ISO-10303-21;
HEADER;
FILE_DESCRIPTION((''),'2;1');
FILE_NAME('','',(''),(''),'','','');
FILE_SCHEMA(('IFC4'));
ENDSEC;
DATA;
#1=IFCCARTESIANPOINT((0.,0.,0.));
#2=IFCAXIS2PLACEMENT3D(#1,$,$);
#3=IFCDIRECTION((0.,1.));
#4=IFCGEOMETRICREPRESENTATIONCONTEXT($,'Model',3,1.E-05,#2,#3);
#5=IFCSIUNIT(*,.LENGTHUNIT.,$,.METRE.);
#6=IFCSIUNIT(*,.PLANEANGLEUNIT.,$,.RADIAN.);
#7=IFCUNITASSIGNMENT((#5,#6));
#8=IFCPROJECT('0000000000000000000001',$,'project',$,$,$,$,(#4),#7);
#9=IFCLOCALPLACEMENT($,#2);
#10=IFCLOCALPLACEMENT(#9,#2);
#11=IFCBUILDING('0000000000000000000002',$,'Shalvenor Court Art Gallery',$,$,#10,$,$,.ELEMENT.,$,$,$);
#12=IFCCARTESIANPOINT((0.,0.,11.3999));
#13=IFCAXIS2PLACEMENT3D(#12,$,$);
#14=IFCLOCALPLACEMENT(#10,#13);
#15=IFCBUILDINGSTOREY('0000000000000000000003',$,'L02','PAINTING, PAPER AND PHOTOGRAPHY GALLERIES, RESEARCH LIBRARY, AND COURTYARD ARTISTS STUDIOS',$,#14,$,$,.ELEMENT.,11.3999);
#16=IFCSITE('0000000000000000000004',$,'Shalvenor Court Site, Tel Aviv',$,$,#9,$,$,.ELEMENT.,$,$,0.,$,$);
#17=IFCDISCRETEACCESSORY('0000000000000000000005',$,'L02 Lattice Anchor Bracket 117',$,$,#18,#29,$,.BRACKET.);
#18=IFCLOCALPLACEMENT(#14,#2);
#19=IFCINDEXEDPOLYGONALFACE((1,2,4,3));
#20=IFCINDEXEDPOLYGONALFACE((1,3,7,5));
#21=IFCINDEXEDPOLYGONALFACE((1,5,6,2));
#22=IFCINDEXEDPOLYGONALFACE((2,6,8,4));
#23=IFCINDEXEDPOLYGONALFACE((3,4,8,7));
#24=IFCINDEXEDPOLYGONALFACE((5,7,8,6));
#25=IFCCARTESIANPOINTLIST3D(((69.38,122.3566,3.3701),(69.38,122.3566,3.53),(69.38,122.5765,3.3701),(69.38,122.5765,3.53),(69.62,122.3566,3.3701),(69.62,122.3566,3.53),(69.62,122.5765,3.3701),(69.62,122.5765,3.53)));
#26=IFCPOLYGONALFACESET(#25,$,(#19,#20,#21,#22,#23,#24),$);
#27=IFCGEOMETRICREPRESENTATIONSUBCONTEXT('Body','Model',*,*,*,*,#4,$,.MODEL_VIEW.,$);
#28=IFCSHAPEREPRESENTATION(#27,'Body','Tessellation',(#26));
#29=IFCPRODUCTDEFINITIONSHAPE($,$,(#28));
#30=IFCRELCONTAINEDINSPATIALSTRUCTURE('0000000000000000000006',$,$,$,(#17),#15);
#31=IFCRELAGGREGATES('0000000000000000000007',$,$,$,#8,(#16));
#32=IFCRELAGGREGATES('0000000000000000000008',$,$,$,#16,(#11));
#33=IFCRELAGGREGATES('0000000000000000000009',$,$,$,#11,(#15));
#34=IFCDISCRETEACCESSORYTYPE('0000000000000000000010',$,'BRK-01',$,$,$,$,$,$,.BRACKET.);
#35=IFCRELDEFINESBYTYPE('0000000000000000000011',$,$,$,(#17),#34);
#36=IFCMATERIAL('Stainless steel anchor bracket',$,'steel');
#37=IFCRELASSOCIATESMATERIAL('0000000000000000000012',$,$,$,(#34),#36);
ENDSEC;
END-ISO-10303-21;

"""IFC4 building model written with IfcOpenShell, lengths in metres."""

from ifc_helpers import new_model, si_unit, direction, frame, origin, origin_2d, place, context, subcontext, project, spatial, rectangle, extrude, material, type_object, element, save


model = new_model("IFC4")

# Units and contexts
model_context = context("Model", 3, precision=1e-05, world=origin(), true_north=direction((0.0, 1.0)))
body_context = subcontext(model_context, "Body", "Model", "MODEL_VIEW")
ifc_project = project(units=[si_unit("LENGTHUNIT", "METRE"), si_unit("PLANEANGLEUNIT", "RADIAN")], contexts=[model_context])

# Site, building, storey
site_placement = place(None, origin())
site = spatial("IfcSite", under=ifc_project, at=site_placement, Name="Shalvenor Court Site, Tel Aviv", CompositionType="ELEMENT", RefElevation=0.0)
building_placement = place(site_placement, origin())
building = spatial("IfcBuilding", under=site, at=building_placement, Name="Shalvenor Court Art Gallery", CompositionType="ELEMENT")
storey_placement = place(building_placement, frame((0.0, 0.0, 11.3999)))
storey = spatial("IfcBuildingStorey", under=building, at=storey_placement, Name="L02", Description="PAINTING, PAPER AND PHOTOGRAPHY GALLERIES, RESEARCH LIBRARY, AND COURTYARD ARTISTS STUDIOS", CompositionType="ELEMENT", Elevation=11.3999)

# Discrete accessory
ifc_material_1 = material(Name="Stainless steel anchor bracket", Category="steel")
discrete_accessory_type = type_object("IfcDiscreteAccessoryType", Name="BRK-01", PredefinedType="BRACKET", material=ifc_material_1)
discrete_accessory_placement = place(storey_placement, frame((69.5, 122.4666, 3.3701), z_axis=(0.0, 0.0, 1.0), x_axis=(1.0, 0.0, 0.0)))
element("IfcDiscreteAccessory", 1, at=discrete_accessory_placement, inside=storey, type_object=discrete_accessory_type, Name="L02 Lattice Anchor Bracket 117", PredefinedType="BRACKET", context=body_context, shape_type="SweptSolid", body=[
    extrude(rectangle(XDim=0.24, YDim=0.22, at=origin_2d()), origin(), (0.0, 0.0, 1.0), 0.1599),
])

save(model, "model.ifc")
